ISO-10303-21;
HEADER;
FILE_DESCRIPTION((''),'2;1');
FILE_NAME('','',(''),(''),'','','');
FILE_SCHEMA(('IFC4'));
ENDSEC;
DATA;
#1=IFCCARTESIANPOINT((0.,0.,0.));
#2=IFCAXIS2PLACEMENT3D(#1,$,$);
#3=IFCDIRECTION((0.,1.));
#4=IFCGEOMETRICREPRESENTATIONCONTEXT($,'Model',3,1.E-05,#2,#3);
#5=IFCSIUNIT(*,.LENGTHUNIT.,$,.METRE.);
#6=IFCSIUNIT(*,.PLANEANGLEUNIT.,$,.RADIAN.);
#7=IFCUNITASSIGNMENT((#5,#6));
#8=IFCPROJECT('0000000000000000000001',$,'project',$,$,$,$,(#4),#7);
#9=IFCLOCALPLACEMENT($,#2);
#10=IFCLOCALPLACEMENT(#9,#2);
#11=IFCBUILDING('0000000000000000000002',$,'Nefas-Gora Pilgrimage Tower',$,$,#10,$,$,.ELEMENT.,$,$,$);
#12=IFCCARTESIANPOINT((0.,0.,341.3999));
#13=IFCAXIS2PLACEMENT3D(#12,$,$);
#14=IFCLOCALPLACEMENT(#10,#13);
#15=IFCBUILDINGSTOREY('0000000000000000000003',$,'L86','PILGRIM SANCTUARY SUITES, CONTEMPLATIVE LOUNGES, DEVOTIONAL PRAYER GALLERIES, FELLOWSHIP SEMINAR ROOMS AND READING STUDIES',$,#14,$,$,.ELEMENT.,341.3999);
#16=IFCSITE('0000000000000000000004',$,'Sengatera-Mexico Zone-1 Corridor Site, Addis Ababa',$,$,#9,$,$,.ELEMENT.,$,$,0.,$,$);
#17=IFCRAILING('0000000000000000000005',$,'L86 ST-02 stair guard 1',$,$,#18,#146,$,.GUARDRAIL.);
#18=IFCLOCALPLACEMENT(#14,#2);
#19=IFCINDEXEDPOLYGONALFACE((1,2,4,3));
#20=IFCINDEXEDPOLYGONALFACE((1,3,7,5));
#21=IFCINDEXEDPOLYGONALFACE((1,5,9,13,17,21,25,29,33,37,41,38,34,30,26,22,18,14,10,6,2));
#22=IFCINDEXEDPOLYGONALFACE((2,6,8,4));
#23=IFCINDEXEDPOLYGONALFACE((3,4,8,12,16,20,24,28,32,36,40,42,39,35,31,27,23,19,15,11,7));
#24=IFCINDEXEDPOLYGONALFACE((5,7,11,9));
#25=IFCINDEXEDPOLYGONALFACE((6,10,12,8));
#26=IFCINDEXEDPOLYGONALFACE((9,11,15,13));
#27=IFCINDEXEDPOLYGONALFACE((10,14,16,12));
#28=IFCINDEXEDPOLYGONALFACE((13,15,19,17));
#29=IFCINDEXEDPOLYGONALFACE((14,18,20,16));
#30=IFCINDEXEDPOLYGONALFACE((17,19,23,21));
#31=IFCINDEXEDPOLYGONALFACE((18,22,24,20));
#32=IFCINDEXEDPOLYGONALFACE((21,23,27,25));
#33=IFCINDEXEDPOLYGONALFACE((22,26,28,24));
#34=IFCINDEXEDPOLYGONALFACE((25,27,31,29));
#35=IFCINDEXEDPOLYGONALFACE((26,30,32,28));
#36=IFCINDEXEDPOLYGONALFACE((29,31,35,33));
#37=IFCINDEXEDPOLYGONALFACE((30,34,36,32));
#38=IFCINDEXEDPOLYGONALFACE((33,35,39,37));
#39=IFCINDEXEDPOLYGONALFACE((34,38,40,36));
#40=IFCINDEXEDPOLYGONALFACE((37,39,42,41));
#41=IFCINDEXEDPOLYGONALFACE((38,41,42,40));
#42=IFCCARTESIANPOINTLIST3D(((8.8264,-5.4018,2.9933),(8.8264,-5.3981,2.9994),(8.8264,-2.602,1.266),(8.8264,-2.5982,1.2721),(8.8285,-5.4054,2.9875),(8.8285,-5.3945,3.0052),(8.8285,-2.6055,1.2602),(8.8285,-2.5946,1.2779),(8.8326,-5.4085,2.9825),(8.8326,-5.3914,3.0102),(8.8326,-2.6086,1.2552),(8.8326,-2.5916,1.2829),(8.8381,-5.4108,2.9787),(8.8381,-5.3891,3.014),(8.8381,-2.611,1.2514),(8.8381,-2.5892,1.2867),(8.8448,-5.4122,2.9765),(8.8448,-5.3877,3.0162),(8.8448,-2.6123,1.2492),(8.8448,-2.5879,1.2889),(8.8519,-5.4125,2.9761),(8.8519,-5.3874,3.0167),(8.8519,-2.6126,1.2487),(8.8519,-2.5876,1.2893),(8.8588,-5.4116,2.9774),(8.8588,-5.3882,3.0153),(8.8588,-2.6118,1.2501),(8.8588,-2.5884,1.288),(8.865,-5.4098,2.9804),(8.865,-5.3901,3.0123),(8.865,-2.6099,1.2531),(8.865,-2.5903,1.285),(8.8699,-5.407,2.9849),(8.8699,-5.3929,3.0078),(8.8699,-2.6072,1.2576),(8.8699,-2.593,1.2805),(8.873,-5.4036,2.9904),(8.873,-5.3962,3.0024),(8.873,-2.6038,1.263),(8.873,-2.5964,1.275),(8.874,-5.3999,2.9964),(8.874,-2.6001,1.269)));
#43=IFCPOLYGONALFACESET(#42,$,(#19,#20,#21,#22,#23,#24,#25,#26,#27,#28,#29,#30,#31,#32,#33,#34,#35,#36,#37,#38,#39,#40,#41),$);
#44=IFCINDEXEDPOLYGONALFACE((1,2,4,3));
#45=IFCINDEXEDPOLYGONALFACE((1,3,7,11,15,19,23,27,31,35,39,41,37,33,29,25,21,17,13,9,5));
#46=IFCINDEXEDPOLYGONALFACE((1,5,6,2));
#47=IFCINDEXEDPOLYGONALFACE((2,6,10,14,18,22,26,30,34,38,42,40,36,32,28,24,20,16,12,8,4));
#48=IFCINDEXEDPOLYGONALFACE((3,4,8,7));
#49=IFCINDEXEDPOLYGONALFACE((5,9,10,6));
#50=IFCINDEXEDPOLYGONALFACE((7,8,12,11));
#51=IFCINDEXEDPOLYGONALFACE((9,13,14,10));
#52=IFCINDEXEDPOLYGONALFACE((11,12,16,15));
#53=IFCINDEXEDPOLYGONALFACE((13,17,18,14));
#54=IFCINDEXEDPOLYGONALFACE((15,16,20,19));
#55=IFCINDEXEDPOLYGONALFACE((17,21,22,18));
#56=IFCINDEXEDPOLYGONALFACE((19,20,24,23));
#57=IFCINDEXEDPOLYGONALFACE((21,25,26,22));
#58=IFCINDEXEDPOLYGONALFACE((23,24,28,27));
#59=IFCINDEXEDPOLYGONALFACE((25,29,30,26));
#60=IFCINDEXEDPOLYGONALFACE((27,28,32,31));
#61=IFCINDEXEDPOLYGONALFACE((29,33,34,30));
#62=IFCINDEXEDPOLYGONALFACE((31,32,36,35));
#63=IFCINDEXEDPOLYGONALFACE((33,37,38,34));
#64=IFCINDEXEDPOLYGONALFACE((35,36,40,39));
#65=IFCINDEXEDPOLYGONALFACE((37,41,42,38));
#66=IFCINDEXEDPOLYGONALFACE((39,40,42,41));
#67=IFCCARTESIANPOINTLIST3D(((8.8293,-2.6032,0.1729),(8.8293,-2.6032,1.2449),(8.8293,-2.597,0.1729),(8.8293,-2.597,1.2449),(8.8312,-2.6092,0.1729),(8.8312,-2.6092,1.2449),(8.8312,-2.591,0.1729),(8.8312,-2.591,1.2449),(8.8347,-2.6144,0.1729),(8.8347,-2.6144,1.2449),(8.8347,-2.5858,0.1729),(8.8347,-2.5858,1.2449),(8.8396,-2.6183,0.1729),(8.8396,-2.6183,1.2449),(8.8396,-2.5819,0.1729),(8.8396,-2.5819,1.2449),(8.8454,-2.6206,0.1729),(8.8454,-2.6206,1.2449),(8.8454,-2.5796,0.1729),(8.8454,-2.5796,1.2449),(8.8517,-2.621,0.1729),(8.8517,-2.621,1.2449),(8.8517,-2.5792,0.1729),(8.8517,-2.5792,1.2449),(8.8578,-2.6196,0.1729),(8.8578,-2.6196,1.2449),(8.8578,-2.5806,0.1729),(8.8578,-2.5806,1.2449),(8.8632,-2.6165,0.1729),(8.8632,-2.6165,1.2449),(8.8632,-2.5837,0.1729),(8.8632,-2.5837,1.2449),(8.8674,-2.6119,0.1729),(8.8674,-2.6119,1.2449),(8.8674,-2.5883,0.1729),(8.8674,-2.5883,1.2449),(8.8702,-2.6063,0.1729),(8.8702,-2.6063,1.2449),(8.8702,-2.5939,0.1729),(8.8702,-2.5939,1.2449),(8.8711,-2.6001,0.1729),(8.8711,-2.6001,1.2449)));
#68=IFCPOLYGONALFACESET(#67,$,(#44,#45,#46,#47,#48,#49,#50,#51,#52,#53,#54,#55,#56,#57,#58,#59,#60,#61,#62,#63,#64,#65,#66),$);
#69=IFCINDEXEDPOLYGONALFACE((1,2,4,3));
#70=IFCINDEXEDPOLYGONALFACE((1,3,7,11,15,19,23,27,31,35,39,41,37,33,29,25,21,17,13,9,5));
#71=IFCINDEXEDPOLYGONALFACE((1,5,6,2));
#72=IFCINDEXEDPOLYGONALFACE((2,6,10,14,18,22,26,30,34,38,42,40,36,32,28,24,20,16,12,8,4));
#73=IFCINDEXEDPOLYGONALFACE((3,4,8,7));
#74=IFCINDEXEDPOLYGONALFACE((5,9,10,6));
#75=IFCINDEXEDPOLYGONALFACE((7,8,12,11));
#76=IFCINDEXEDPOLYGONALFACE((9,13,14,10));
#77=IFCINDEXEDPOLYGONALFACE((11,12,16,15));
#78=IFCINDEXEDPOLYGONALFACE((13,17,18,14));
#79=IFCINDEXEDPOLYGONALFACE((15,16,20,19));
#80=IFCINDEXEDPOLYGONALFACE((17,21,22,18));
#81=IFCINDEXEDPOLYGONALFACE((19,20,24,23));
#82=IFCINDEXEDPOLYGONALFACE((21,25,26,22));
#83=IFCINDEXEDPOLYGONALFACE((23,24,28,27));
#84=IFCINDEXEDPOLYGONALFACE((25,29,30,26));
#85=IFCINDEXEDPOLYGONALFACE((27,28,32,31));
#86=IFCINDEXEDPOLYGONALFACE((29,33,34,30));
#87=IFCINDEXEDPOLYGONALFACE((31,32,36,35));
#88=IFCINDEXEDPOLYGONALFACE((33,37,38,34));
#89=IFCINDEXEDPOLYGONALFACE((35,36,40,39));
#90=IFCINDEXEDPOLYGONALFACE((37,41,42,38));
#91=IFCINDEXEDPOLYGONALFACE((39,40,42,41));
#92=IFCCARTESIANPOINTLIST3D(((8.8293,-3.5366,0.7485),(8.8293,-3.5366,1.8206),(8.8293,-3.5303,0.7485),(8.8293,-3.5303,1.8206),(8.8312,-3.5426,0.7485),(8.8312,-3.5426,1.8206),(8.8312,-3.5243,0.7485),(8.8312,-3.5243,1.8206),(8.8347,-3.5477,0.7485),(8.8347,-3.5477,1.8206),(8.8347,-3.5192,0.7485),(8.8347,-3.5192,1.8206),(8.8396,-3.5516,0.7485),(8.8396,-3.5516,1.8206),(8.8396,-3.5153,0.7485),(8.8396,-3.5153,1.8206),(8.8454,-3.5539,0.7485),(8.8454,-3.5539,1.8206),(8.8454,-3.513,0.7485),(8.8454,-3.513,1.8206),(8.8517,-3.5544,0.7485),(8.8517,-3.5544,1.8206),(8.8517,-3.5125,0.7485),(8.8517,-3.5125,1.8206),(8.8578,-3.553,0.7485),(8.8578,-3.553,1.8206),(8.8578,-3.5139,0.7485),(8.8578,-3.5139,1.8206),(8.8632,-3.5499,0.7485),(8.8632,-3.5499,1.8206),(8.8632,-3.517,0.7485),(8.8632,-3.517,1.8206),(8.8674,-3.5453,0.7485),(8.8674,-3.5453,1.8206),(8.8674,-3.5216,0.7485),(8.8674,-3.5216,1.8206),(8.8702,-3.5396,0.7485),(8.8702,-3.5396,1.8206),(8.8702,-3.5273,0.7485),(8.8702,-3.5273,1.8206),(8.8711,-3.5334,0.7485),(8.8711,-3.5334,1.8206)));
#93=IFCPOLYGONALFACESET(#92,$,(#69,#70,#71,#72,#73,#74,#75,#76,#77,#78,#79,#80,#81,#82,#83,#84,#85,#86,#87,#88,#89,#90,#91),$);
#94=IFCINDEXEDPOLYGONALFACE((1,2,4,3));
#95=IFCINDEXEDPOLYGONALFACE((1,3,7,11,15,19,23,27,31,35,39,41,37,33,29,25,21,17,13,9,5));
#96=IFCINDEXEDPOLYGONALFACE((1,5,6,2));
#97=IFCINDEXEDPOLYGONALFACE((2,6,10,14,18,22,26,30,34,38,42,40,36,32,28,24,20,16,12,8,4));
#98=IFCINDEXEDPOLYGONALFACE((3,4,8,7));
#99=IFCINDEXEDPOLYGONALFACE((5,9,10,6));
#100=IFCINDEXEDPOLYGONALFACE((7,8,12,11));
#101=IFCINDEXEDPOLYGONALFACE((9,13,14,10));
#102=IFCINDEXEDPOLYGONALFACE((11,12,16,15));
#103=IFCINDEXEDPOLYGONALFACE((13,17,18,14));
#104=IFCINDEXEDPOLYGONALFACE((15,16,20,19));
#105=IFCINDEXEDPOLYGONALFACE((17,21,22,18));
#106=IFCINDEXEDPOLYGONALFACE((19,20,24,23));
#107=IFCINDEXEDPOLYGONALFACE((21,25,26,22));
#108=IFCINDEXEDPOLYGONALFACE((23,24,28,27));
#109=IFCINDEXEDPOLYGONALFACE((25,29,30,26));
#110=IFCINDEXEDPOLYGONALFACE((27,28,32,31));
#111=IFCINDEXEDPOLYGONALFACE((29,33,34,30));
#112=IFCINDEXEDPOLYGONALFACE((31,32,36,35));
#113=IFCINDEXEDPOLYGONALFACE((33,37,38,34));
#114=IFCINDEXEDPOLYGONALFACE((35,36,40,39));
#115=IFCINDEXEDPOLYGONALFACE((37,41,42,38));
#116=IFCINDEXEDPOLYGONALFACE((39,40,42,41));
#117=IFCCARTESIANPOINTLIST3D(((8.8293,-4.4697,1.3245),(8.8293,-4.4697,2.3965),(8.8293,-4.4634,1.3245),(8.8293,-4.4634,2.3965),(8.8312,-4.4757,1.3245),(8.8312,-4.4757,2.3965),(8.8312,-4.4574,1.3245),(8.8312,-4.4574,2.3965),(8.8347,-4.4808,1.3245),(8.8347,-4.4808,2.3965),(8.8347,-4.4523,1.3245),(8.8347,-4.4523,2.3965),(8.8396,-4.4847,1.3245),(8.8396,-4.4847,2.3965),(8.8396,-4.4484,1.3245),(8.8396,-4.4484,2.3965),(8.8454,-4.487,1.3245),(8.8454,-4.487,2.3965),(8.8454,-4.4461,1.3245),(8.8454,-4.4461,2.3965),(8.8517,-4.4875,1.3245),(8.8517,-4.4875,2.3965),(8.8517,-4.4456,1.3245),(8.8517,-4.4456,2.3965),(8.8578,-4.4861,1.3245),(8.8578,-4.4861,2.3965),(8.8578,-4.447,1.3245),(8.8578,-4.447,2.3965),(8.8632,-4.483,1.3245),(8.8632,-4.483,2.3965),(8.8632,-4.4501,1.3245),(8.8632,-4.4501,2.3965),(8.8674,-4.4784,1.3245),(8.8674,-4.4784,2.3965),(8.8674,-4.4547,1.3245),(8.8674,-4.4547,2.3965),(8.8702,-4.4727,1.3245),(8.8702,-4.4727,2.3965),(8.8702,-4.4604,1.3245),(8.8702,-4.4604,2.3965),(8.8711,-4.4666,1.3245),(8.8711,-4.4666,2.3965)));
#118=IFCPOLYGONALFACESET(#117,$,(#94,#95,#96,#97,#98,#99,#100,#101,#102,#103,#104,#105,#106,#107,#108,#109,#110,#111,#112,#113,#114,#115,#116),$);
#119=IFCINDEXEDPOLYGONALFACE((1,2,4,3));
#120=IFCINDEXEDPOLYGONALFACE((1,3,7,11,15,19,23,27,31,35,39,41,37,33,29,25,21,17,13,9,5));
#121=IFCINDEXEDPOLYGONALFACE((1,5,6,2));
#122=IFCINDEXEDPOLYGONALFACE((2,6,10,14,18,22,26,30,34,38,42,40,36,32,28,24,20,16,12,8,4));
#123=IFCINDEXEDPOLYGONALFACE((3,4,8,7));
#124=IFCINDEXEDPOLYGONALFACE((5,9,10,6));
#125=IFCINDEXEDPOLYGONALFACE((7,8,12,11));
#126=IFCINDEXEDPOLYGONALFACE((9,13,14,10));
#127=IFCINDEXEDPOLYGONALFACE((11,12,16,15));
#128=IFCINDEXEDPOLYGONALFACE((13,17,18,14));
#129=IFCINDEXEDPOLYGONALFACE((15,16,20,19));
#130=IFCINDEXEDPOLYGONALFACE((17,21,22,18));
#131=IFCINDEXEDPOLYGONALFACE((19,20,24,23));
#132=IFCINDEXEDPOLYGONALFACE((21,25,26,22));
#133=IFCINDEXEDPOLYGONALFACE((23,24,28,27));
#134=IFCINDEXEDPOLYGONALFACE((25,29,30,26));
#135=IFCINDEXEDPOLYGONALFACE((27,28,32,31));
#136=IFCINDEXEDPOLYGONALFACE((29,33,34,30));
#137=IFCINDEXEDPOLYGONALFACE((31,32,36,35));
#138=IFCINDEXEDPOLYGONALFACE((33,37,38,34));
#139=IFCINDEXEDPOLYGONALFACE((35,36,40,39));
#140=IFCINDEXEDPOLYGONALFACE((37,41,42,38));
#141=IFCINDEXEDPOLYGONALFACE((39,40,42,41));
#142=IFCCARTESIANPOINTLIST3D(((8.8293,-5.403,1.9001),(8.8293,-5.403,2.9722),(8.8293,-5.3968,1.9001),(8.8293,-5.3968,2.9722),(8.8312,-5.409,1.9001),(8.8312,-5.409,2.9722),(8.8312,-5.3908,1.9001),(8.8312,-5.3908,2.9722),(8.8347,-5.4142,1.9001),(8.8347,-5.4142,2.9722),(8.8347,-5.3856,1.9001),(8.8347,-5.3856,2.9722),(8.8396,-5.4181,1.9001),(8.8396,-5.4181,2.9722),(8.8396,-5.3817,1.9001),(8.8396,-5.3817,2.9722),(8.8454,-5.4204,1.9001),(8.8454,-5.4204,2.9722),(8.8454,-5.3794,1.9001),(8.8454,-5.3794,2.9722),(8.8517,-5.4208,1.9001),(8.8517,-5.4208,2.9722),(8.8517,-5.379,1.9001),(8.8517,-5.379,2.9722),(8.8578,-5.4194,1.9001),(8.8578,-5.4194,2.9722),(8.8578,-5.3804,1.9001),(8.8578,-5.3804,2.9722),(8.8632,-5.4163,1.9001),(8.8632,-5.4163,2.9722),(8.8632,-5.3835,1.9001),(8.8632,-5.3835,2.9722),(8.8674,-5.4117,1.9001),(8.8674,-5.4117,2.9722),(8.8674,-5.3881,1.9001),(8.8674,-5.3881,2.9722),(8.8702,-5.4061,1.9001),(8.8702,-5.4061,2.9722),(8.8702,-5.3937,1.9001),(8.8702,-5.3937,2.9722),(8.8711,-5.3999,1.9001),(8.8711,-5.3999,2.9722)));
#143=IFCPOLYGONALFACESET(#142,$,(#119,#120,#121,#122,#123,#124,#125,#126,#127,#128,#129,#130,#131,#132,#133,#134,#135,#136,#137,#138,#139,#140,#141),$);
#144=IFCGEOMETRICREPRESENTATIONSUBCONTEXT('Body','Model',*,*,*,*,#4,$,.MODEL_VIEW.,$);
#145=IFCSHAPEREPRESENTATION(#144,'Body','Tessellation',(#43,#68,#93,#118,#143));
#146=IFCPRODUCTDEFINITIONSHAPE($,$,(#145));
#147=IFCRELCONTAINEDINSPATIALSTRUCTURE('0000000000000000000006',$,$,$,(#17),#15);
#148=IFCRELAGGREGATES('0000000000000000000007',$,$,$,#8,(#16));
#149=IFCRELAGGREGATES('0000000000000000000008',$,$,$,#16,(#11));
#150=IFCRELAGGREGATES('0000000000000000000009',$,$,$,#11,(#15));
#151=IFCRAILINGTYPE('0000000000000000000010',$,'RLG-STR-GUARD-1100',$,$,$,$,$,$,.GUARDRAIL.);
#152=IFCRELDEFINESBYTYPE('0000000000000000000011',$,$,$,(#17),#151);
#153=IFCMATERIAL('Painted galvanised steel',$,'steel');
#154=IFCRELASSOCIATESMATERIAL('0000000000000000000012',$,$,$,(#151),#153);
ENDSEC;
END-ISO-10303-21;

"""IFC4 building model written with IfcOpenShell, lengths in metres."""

from ifc_helpers import new_model, si_unit, direction, frame, origin, origin_2d, place, context, subcontext, project, spatial, circle, extrude, material, type_object, element, save


model = new_model("IFC4")

# Units and contexts
model_context = context("Model", 3, precision=1e-05, world=origin(), true_north=direction((0.0, 1.0)))
body_context = subcontext(model_context, "Body", "Model", "MODEL_VIEW")
ifc_project = project(units=[si_unit("LENGTHUNIT", "METRE"), si_unit("PLANEANGLEUNIT", "RADIAN")], contexts=[model_context])

# Site, building, storey
site_placement = place(None, origin())
site = spatial("IfcSite", under=ifc_project, at=site_placement, Name="Sengatera-Mexico Zone-1 Corridor Site, Addis Ababa", CompositionType="ELEMENT", RefElevation=0.0)
building_placement = place(site_placement, origin())
building = spatial("IfcBuilding", under=site, at=building_placement, Name="Nefas-Gora Pilgrimage Tower", CompositionType="ELEMENT")
storey_placement = place(building_placement, frame((0.0, 0.0, 341.3999)))
storey = spatial("IfcBuildingStorey", under=building, at=storey_placement, Name="L86", Description="PILGRIM SANCTUARY SUITES, CONTEMPLATIVE LOUNGES, DEVOTIONAL PRAYER GALLERIES, FELLOWSHIP SEMINAR ROOMS AND READING STUDIES", CompositionType="ELEMENT", Elevation=341.3999)

# Railing
ifc_material_1 = material(Name="Painted galvanised steel", Category="steel")
railing_type_1 = type_object("IfcRailingType", Name="RLG-STR-GUARD-1100", PredefinedType="GUARDRAIL", material=ifc_material_1)
railing_1_placement = place(storey_placement, frame((8.8501, -2.6001, 0.1729)))
element("IfcRailing", 1, at=railing_1_placement, inside=storey, type_object=railing_type_1, Name="L86 ST-02 stair guard 1", PredefinedType="GUARDRAIL", context=body_context, shape_type="SweptSolid", body=[
    extrude(circle(Radius=0.0239, at=origin_2d()), frame((0.0, 0.0, 1.0962), z_axis=(0.0, -0.851069, 0.525054), x_axis=(1.0, 0.0, 0.0)), (0.0, 0.0, 1.0), 3.2898),
    extrude(circle(Radius=0.021, at=origin_2d()), origin(), (0.0, 0.0, 1.0), 1.072),
    extrude(circle(Radius=0.021, at=origin_2d()), frame((0.0, -0.9333, 0.5757)), (0.0, 0.0, 1.0), 1.072),
    extrude(circle(Radius=0.021, at=origin_2d()), frame((0.0, -1.8665, 1.1516)), (0.0, 0.0, 1.0), 1.072),
    extrude(circle(Radius=0.021, at=origin_2d()), frame((0.0, -2.7998, 1.7273)), (0.0, 0.0, 1.0), 1.072),
])

save(model, "model.ifc")
